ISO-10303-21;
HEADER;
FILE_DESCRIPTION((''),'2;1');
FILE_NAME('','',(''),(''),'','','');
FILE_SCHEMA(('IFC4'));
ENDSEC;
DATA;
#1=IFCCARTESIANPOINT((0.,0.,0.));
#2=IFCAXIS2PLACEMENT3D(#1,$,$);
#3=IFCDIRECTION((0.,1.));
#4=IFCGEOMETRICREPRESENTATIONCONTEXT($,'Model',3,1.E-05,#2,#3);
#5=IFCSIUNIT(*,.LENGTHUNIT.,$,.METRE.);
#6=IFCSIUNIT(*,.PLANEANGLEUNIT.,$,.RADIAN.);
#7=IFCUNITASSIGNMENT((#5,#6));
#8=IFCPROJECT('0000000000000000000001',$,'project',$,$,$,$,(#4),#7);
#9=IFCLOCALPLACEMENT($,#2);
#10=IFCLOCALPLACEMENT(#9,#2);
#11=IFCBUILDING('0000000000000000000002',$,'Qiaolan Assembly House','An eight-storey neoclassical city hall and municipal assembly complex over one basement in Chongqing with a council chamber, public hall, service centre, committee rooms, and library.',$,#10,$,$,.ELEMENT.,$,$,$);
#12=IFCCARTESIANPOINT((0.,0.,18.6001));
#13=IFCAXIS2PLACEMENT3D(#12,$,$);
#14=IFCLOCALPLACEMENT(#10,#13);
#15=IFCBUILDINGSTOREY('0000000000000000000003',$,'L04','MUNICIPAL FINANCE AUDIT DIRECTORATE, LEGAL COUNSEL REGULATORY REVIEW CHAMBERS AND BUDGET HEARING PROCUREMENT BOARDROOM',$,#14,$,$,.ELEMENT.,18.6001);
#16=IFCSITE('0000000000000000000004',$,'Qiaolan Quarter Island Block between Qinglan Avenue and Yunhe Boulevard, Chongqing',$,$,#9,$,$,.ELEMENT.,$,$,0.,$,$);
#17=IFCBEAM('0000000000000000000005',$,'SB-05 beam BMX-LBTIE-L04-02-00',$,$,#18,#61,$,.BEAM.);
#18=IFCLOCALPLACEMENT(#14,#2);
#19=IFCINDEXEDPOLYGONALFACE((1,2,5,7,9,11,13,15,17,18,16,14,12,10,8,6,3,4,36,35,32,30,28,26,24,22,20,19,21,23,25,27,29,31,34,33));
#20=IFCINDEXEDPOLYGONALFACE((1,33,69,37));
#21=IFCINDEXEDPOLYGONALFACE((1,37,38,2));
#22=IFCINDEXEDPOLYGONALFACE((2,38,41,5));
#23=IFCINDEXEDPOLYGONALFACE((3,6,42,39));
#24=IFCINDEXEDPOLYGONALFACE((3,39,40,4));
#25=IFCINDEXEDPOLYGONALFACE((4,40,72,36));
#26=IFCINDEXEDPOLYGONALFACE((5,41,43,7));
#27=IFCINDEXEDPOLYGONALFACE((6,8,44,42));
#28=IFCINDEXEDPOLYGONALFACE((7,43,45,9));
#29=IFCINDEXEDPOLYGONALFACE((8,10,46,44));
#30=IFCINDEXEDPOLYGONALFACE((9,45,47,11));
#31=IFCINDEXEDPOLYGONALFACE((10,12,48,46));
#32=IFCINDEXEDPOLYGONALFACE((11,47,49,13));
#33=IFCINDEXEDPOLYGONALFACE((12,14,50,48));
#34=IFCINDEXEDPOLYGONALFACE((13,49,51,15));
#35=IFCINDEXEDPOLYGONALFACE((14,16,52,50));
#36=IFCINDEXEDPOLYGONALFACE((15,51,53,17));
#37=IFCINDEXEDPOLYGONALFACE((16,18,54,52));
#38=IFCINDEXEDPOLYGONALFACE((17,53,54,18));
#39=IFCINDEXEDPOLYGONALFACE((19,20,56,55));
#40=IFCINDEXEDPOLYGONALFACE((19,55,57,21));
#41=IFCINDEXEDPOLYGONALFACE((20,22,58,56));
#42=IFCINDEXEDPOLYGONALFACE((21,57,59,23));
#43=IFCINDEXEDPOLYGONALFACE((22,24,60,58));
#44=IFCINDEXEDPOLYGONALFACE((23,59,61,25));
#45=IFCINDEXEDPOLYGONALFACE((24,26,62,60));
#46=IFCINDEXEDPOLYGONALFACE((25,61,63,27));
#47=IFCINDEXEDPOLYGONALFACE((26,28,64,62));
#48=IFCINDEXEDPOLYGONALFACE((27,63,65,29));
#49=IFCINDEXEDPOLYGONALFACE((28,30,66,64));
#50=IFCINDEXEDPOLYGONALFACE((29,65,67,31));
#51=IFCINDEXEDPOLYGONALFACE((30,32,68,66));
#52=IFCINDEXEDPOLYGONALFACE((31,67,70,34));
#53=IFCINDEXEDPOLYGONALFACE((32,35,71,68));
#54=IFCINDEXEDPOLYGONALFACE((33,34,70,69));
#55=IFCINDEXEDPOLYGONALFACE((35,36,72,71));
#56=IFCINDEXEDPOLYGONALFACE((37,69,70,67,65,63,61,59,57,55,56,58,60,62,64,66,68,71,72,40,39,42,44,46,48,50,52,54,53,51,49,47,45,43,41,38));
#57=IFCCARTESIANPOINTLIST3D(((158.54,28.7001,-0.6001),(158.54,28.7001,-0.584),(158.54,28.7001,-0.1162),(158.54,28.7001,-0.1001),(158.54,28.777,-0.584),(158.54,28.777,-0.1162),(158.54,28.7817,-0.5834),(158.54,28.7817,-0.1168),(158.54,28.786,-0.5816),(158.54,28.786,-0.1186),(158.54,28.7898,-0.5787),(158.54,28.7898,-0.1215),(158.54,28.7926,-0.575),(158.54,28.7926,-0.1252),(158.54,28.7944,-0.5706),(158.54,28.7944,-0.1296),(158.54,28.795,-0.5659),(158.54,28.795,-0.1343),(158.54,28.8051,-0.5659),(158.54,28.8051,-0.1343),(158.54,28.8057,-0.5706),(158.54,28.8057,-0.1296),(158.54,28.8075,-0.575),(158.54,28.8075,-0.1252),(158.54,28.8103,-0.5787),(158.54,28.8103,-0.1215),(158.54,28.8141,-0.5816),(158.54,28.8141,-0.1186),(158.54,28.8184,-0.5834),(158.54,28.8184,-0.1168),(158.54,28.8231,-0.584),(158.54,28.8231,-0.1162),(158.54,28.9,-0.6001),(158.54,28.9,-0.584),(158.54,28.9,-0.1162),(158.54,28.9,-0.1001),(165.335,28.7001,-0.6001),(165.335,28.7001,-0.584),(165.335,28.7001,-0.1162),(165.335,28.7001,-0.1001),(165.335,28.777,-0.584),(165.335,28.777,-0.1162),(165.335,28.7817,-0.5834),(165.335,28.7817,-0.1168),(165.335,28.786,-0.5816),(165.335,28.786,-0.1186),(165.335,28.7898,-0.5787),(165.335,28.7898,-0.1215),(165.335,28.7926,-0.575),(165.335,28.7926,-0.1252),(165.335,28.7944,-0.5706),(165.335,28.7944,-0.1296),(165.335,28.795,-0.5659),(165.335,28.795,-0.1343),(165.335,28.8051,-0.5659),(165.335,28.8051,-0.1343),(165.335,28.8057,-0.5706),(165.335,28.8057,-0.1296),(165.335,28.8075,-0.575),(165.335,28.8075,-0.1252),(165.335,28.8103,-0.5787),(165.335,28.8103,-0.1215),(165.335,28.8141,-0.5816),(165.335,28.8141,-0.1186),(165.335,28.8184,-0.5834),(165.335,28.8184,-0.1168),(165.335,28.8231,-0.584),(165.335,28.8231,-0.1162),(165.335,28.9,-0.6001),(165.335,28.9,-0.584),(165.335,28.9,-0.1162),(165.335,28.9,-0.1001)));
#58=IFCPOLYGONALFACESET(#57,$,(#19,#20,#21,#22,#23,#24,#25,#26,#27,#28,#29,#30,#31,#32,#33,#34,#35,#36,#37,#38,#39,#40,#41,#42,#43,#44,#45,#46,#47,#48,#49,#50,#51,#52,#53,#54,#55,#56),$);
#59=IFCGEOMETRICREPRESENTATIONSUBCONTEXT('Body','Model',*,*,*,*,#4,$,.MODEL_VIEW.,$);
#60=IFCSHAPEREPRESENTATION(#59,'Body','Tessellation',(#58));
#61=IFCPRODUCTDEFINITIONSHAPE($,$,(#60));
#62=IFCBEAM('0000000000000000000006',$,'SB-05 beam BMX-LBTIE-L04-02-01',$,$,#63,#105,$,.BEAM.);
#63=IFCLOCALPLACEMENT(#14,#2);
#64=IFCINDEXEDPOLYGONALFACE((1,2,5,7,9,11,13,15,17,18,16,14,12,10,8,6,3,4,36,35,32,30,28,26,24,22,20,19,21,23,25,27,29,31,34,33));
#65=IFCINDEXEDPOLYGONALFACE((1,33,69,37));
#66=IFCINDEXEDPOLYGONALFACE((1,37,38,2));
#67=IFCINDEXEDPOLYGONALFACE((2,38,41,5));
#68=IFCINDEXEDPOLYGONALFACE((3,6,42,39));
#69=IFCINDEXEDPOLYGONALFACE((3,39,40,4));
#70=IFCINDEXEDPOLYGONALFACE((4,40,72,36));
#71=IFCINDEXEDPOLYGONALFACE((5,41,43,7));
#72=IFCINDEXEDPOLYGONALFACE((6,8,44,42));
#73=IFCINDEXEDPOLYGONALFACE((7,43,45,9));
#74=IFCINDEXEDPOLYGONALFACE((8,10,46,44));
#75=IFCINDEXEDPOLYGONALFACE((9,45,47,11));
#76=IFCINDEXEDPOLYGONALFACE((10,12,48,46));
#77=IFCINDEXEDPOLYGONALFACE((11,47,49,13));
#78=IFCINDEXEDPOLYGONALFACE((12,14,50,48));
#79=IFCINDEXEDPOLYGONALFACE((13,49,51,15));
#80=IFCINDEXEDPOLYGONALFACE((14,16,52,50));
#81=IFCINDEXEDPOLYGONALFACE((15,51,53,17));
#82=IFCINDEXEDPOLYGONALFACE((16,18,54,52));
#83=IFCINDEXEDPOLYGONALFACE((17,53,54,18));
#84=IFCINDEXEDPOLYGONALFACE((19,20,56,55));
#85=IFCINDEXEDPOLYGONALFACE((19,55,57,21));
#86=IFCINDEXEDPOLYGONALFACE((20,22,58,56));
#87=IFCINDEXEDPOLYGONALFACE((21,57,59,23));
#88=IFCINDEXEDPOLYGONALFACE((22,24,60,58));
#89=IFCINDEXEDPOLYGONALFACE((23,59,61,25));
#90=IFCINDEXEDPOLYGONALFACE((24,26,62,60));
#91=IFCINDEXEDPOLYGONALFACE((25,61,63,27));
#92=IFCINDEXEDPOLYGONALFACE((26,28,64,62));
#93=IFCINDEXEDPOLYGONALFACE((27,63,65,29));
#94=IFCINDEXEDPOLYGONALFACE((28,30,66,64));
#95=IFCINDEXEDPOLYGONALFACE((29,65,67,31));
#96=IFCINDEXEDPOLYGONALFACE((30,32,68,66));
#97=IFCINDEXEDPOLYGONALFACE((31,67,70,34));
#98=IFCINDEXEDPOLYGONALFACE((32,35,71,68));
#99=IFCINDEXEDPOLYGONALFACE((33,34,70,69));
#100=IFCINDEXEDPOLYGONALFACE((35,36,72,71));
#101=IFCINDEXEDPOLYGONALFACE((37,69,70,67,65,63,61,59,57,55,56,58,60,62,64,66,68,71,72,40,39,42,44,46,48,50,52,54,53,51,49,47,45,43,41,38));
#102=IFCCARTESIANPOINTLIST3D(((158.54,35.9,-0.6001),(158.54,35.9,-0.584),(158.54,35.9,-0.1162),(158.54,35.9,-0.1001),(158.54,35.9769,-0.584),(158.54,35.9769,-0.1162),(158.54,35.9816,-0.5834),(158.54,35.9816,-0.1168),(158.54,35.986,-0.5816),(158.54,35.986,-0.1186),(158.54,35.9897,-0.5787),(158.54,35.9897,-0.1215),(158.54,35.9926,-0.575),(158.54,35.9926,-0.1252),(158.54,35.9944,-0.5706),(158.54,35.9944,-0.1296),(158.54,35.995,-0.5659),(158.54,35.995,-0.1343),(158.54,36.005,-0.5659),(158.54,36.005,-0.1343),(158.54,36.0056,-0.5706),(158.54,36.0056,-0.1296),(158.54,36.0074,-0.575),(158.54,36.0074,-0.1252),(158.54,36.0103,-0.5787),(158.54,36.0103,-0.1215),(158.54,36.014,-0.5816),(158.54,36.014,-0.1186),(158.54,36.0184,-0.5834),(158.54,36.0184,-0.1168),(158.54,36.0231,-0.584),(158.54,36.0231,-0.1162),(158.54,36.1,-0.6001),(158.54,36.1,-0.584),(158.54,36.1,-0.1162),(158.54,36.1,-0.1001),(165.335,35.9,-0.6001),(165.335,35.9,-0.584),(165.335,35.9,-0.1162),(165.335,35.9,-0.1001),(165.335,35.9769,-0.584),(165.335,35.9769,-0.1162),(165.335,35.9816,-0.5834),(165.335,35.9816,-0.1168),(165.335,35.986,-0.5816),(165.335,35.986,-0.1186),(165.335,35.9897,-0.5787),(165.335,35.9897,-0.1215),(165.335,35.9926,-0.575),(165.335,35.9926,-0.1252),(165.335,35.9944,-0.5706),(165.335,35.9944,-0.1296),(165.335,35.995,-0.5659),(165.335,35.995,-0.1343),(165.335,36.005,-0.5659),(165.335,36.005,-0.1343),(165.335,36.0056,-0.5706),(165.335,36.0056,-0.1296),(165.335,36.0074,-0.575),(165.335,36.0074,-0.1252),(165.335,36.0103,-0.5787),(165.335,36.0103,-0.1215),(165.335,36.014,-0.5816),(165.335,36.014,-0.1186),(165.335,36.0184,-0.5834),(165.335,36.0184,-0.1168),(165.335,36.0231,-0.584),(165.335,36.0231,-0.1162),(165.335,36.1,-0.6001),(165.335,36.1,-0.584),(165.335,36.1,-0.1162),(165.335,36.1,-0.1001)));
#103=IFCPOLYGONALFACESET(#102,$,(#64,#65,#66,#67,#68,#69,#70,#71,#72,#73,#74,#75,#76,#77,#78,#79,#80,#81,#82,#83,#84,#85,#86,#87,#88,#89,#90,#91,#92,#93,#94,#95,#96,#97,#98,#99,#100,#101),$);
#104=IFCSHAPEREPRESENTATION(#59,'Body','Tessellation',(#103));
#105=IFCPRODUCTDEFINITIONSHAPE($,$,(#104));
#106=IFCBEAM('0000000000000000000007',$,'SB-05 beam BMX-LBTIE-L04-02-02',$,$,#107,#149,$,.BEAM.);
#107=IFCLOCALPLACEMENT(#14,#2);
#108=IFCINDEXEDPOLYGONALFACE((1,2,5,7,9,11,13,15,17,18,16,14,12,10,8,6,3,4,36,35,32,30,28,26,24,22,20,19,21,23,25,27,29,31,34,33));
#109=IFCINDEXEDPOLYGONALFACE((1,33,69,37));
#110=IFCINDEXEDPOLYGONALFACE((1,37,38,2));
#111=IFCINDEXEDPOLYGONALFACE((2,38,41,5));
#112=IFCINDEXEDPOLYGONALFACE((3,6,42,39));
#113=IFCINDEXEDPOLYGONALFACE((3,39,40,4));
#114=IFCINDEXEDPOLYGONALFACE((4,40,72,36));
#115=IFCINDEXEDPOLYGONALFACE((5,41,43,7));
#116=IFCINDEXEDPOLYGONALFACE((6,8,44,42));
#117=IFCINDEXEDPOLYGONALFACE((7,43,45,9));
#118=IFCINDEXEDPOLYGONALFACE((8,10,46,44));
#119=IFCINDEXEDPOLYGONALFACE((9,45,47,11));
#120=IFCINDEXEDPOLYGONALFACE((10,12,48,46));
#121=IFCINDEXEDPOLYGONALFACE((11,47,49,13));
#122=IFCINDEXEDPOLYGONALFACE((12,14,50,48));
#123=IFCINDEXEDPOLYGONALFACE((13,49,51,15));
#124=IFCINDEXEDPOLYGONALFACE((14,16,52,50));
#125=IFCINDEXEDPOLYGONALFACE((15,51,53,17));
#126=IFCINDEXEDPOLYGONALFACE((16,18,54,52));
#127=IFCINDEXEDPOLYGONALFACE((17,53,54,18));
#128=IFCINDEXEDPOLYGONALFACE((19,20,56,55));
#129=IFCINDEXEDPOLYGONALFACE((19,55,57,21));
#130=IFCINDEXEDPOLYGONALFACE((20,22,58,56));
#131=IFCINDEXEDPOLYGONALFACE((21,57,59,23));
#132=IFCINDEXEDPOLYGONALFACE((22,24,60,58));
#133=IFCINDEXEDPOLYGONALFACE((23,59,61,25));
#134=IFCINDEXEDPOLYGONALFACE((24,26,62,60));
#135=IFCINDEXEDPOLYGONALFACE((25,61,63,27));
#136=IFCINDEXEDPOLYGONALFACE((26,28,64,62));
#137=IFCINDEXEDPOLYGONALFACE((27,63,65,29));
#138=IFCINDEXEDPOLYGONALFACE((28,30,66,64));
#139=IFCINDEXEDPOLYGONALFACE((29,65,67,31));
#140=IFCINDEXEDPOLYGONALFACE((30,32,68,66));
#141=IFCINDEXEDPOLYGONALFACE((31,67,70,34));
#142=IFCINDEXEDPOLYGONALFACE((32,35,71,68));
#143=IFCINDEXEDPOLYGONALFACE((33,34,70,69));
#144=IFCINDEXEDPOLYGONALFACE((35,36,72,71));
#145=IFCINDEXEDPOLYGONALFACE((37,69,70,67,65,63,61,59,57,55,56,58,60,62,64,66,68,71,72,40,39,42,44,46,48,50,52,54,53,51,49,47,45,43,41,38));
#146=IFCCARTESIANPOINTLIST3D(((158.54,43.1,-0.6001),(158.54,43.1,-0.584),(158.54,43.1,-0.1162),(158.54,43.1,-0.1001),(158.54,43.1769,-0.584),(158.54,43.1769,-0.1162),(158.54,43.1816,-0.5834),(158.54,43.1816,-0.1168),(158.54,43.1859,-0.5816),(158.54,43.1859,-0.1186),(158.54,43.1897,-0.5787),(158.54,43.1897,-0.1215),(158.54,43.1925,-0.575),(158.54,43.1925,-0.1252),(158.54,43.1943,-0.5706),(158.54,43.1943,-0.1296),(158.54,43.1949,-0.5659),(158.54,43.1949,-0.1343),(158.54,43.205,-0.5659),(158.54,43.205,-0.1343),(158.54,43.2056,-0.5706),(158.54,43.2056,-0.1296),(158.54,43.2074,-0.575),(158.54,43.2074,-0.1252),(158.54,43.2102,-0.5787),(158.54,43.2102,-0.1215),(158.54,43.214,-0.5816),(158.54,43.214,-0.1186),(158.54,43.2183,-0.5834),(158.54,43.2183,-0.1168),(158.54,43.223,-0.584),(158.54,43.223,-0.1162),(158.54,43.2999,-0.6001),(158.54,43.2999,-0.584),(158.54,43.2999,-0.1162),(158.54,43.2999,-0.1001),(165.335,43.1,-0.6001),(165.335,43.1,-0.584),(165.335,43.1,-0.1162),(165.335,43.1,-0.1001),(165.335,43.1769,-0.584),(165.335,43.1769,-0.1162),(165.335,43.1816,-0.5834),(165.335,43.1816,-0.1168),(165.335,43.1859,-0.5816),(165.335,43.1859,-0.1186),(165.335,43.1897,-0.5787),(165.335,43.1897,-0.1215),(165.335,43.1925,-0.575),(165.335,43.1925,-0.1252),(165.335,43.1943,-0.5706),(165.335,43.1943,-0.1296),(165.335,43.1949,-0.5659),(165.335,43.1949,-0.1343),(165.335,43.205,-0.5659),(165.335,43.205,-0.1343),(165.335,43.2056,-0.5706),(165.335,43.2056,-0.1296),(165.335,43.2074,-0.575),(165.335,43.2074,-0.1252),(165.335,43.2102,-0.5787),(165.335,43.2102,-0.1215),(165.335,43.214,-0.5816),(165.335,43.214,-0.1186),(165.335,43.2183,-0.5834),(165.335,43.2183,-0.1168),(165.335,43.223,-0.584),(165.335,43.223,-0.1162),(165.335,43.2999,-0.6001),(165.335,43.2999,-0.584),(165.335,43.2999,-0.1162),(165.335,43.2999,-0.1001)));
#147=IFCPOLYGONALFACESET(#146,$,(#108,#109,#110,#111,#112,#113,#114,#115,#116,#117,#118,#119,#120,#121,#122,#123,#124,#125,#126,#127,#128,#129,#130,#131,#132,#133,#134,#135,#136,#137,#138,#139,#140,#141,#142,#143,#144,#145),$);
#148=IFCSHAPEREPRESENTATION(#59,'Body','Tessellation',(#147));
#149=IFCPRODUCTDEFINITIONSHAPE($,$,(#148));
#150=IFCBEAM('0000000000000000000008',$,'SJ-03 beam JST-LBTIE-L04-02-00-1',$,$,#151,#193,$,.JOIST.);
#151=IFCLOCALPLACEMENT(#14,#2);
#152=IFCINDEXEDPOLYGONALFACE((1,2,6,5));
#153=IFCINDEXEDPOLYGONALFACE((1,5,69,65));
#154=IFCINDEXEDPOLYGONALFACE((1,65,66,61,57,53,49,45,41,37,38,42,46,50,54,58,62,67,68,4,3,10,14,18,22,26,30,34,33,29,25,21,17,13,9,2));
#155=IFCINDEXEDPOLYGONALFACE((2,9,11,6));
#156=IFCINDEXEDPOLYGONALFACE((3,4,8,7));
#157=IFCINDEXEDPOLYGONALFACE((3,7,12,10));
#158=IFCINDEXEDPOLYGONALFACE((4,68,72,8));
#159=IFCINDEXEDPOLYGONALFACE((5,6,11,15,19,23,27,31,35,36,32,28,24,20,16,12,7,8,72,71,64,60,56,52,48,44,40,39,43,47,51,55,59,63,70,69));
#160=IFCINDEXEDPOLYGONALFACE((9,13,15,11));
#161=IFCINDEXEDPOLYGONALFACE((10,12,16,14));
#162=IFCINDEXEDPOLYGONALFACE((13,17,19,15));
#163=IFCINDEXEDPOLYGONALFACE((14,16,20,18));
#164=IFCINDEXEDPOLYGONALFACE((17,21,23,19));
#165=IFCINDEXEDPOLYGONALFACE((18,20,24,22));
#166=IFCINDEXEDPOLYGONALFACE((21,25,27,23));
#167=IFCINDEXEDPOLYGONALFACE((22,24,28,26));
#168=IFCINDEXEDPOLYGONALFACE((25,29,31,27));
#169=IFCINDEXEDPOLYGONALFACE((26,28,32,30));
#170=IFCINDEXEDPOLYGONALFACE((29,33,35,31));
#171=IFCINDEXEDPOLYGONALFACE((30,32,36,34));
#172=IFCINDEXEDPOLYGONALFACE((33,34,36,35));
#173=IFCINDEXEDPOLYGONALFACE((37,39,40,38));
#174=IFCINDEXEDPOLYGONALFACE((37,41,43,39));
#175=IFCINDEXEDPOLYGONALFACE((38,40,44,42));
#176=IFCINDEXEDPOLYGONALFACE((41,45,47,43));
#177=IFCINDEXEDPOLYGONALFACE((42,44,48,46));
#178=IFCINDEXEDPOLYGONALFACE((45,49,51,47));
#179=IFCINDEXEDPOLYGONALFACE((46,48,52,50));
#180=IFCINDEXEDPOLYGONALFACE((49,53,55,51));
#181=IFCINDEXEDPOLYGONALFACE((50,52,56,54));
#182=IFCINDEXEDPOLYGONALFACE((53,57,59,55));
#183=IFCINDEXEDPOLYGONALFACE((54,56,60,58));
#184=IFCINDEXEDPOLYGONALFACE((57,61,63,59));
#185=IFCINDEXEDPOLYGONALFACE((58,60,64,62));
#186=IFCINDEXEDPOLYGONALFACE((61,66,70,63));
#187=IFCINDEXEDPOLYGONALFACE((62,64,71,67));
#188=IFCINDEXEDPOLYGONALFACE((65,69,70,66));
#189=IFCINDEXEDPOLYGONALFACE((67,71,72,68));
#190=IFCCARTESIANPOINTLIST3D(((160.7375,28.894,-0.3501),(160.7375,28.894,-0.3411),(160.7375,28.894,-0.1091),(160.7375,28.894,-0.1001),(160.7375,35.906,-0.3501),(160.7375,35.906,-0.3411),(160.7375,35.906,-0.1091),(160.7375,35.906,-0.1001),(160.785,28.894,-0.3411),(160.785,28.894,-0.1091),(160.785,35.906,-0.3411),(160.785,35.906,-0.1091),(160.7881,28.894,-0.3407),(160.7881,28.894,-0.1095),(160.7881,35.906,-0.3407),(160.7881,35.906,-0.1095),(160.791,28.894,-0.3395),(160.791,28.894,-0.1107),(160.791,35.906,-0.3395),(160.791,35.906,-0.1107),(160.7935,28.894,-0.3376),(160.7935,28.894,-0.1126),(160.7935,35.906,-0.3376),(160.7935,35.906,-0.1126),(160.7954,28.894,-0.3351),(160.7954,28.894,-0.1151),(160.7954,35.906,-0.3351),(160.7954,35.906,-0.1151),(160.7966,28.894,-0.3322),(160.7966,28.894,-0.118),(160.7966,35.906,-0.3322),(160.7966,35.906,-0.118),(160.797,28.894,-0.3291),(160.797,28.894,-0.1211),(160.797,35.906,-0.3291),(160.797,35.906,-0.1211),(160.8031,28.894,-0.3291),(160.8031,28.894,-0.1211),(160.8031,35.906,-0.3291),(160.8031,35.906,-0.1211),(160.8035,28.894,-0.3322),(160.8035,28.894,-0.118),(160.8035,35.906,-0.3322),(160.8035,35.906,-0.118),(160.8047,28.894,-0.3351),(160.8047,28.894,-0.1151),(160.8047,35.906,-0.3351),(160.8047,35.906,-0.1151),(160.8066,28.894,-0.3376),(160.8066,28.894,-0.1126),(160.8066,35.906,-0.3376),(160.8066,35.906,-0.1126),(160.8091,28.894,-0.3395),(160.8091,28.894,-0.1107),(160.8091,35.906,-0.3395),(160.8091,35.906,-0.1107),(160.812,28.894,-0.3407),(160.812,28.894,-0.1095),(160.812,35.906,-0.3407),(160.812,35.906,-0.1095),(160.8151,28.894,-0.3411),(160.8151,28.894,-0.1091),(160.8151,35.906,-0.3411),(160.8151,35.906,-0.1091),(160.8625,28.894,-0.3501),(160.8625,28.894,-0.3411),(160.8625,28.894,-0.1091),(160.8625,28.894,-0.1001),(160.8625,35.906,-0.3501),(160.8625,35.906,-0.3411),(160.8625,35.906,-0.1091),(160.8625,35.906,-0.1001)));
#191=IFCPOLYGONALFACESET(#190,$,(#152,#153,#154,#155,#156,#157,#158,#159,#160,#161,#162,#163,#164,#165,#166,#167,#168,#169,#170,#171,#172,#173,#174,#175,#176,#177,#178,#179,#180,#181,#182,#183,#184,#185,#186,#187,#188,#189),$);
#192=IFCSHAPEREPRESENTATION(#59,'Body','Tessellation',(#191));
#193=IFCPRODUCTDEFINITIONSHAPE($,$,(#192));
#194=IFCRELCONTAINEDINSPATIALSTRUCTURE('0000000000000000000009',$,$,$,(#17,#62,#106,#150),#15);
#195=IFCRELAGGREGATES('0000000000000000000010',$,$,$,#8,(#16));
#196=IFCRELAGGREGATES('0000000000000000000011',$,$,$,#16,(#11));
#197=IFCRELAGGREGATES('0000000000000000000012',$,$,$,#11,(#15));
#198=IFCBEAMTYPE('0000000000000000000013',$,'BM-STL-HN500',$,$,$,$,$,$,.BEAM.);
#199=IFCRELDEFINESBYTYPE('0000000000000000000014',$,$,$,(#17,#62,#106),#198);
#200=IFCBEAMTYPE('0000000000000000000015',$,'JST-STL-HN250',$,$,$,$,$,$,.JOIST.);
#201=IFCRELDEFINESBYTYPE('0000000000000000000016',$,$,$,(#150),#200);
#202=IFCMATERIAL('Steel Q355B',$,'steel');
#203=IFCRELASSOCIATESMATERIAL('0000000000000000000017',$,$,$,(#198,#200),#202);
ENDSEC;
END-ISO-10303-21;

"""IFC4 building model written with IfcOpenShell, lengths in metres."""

from ifc_helpers import new_model, si_unit, direction, frame, origin, origin_2d, place, context, subcontext, project, spatial, i_section, extrude, material, material_profile, profile_set, type_object, element, save


model = new_model("IFC4")

# Units and contexts
model_context = context("Model", 3, precision=1e-05, world=origin(), true_north=direction((0.0, 1.0)))
body_context = subcontext(model_context, "Body", "Model", "MODEL_VIEW")
ifc_project = project(units=[si_unit("LENGTHUNIT", "METRE"), si_unit("PLANEANGLEUNIT", "RADIAN")], contexts=[model_context])

# Site, building, storey
site_placement = place(None, origin())
site = spatial("IfcSite", under=ifc_project, at=site_placement, Name="Qiaolan Quarter Island Block between Qinglan Avenue and Yunhe Boulevard, Chongqing", CompositionType="ELEMENT", RefElevation=0.0)
building_placement = place(site_placement, origin())
building = spatial("IfcBuilding", under=site, at=building_placement, Name="Qiaolan Assembly House", Description="An eight-storey neoclassical city hall and municipal assembly complex over one basement in Chongqing with a council chamber, public hall, service centre, committee rooms, and library.", CompositionType="ELEMENT")
storey_placement = place(building_placement, frame((0.0, 0.0, 18.6001)))
storey = spatial("IfcBuildingStorey", under=building, at=storey_placement, Name="L04", Description="MUNICIPAL FINANCE AUDIT DIRECTORATE, LEGAL COUNSEL REGULATORY REVIEW CHAMBERS AND BUDGET HEARING PROCUREMENT BOARDROOM", CompositionType="ELEMENT", Elevation=18.6001)

# Shared definitions
ifc_material_1 = material(Name="Steel Q355B", Category="steel")

# Beams
ifc_material_profile_1 = material_profile(ifc_material_1, i_section(OverallWidth=0.2, OverallDepth=0.5, WebThickness=0.01, FlangeThickness=0.0161, FilletRadius=0.0181, at=origin_2d()), Name="HN 500x200x10x16")
ifc_profile_set_1 = profile_set([ifc_material_profile_1], Name="Steel Q355B")
beam_type_1 = type_object("IfcBeamType", Name="BM-STL-HN500", PredefinedType="BEAM", material=ifc_profile_set_1)
for number, where, z_axis, x_axis, name in (
    (1, (158.54, 28.8, -0.3501), (1.0, 0.0, 0.0), (0.0, 1.0, 0.0), "SB-05 beam BMX-LBTIE-L04-02-00"),
    (2, (158.54, 36.0, -0.3501), (1.0, 0.0, 0.0), (0.0, 1.0, 0.0), "SB-05 beam BMX-LBTIE-L04-02-01"),
    (3, (158.54, 43.2, -0.3501), (1.0, 0.0, 0.0), (0.0, 1.0, 0.0), "SB-05 beam BMX-LBTIE-L04-02-02"),
):
    element("IfcBeam", number, at=place(storey_placement, frame(where, z_axis=z_axis, x_axis=x_axis)), inside=storey, type_object=beam_type_1, Name=name, PredefinedType="BEAM", context=body_context, shape_type="SweptSolid", body=[
        extrude(i_section(OverallWidth=0.2, OverallDepth=0.5, WebThickness=0.01, FlangeThickness=0.0161, FilletRadius=0.0181, at=origin_2d()), origin(), (0.0, 0.0, 1.0), 6.7949),
    ])
ifc_material_profile_2 = material_profile(ifc_material_1, i_section(OverallWidth=0.125, OverallDepth=0.25, WebThickness=0.0061, FlangeThickness=0.009, FilletRadius=0.012, at=origin_2d()), Name="HN 250x125x6x9")
ifc_profile_set_2 = profile_set([ifc_material_profile_2], Name="Steel Q355B")
beam_type_2 = type_object("IfcBeamType", Name="JST-STL-HN250", PredefinedType="JOIST", material=ifc_profile_set_2)
for number, where, z_axis, x_axis, name in (
    (4, (160.8, 28.894, -0.2251), (0.0, 1.0, 0.0), (-1.0, 0.0, 0.0), "SJ-03 beam JST-LBTIE-L04-02-00-1"),
):
    element("IfcBeam", number, at=place(storey_placement, frame(where, z_axis=z_axis, x_axis=x_axis)), inside=storey, type_object=beam_type_2, Name=name, PredefinedType="JOIST", context=body_context, shape_type="SweptSolid", body=[
        extrude(i_section(OverallWidth=0.125, OverallDepth=0.25, WebThickness=0.0061, FlangeThickness=0.009, FilletRadius=0.012, at=origin_2d()), origin(), (0.0, 0.0, 1.0), 7.012),
    ])

save(model, "model.ifc")
